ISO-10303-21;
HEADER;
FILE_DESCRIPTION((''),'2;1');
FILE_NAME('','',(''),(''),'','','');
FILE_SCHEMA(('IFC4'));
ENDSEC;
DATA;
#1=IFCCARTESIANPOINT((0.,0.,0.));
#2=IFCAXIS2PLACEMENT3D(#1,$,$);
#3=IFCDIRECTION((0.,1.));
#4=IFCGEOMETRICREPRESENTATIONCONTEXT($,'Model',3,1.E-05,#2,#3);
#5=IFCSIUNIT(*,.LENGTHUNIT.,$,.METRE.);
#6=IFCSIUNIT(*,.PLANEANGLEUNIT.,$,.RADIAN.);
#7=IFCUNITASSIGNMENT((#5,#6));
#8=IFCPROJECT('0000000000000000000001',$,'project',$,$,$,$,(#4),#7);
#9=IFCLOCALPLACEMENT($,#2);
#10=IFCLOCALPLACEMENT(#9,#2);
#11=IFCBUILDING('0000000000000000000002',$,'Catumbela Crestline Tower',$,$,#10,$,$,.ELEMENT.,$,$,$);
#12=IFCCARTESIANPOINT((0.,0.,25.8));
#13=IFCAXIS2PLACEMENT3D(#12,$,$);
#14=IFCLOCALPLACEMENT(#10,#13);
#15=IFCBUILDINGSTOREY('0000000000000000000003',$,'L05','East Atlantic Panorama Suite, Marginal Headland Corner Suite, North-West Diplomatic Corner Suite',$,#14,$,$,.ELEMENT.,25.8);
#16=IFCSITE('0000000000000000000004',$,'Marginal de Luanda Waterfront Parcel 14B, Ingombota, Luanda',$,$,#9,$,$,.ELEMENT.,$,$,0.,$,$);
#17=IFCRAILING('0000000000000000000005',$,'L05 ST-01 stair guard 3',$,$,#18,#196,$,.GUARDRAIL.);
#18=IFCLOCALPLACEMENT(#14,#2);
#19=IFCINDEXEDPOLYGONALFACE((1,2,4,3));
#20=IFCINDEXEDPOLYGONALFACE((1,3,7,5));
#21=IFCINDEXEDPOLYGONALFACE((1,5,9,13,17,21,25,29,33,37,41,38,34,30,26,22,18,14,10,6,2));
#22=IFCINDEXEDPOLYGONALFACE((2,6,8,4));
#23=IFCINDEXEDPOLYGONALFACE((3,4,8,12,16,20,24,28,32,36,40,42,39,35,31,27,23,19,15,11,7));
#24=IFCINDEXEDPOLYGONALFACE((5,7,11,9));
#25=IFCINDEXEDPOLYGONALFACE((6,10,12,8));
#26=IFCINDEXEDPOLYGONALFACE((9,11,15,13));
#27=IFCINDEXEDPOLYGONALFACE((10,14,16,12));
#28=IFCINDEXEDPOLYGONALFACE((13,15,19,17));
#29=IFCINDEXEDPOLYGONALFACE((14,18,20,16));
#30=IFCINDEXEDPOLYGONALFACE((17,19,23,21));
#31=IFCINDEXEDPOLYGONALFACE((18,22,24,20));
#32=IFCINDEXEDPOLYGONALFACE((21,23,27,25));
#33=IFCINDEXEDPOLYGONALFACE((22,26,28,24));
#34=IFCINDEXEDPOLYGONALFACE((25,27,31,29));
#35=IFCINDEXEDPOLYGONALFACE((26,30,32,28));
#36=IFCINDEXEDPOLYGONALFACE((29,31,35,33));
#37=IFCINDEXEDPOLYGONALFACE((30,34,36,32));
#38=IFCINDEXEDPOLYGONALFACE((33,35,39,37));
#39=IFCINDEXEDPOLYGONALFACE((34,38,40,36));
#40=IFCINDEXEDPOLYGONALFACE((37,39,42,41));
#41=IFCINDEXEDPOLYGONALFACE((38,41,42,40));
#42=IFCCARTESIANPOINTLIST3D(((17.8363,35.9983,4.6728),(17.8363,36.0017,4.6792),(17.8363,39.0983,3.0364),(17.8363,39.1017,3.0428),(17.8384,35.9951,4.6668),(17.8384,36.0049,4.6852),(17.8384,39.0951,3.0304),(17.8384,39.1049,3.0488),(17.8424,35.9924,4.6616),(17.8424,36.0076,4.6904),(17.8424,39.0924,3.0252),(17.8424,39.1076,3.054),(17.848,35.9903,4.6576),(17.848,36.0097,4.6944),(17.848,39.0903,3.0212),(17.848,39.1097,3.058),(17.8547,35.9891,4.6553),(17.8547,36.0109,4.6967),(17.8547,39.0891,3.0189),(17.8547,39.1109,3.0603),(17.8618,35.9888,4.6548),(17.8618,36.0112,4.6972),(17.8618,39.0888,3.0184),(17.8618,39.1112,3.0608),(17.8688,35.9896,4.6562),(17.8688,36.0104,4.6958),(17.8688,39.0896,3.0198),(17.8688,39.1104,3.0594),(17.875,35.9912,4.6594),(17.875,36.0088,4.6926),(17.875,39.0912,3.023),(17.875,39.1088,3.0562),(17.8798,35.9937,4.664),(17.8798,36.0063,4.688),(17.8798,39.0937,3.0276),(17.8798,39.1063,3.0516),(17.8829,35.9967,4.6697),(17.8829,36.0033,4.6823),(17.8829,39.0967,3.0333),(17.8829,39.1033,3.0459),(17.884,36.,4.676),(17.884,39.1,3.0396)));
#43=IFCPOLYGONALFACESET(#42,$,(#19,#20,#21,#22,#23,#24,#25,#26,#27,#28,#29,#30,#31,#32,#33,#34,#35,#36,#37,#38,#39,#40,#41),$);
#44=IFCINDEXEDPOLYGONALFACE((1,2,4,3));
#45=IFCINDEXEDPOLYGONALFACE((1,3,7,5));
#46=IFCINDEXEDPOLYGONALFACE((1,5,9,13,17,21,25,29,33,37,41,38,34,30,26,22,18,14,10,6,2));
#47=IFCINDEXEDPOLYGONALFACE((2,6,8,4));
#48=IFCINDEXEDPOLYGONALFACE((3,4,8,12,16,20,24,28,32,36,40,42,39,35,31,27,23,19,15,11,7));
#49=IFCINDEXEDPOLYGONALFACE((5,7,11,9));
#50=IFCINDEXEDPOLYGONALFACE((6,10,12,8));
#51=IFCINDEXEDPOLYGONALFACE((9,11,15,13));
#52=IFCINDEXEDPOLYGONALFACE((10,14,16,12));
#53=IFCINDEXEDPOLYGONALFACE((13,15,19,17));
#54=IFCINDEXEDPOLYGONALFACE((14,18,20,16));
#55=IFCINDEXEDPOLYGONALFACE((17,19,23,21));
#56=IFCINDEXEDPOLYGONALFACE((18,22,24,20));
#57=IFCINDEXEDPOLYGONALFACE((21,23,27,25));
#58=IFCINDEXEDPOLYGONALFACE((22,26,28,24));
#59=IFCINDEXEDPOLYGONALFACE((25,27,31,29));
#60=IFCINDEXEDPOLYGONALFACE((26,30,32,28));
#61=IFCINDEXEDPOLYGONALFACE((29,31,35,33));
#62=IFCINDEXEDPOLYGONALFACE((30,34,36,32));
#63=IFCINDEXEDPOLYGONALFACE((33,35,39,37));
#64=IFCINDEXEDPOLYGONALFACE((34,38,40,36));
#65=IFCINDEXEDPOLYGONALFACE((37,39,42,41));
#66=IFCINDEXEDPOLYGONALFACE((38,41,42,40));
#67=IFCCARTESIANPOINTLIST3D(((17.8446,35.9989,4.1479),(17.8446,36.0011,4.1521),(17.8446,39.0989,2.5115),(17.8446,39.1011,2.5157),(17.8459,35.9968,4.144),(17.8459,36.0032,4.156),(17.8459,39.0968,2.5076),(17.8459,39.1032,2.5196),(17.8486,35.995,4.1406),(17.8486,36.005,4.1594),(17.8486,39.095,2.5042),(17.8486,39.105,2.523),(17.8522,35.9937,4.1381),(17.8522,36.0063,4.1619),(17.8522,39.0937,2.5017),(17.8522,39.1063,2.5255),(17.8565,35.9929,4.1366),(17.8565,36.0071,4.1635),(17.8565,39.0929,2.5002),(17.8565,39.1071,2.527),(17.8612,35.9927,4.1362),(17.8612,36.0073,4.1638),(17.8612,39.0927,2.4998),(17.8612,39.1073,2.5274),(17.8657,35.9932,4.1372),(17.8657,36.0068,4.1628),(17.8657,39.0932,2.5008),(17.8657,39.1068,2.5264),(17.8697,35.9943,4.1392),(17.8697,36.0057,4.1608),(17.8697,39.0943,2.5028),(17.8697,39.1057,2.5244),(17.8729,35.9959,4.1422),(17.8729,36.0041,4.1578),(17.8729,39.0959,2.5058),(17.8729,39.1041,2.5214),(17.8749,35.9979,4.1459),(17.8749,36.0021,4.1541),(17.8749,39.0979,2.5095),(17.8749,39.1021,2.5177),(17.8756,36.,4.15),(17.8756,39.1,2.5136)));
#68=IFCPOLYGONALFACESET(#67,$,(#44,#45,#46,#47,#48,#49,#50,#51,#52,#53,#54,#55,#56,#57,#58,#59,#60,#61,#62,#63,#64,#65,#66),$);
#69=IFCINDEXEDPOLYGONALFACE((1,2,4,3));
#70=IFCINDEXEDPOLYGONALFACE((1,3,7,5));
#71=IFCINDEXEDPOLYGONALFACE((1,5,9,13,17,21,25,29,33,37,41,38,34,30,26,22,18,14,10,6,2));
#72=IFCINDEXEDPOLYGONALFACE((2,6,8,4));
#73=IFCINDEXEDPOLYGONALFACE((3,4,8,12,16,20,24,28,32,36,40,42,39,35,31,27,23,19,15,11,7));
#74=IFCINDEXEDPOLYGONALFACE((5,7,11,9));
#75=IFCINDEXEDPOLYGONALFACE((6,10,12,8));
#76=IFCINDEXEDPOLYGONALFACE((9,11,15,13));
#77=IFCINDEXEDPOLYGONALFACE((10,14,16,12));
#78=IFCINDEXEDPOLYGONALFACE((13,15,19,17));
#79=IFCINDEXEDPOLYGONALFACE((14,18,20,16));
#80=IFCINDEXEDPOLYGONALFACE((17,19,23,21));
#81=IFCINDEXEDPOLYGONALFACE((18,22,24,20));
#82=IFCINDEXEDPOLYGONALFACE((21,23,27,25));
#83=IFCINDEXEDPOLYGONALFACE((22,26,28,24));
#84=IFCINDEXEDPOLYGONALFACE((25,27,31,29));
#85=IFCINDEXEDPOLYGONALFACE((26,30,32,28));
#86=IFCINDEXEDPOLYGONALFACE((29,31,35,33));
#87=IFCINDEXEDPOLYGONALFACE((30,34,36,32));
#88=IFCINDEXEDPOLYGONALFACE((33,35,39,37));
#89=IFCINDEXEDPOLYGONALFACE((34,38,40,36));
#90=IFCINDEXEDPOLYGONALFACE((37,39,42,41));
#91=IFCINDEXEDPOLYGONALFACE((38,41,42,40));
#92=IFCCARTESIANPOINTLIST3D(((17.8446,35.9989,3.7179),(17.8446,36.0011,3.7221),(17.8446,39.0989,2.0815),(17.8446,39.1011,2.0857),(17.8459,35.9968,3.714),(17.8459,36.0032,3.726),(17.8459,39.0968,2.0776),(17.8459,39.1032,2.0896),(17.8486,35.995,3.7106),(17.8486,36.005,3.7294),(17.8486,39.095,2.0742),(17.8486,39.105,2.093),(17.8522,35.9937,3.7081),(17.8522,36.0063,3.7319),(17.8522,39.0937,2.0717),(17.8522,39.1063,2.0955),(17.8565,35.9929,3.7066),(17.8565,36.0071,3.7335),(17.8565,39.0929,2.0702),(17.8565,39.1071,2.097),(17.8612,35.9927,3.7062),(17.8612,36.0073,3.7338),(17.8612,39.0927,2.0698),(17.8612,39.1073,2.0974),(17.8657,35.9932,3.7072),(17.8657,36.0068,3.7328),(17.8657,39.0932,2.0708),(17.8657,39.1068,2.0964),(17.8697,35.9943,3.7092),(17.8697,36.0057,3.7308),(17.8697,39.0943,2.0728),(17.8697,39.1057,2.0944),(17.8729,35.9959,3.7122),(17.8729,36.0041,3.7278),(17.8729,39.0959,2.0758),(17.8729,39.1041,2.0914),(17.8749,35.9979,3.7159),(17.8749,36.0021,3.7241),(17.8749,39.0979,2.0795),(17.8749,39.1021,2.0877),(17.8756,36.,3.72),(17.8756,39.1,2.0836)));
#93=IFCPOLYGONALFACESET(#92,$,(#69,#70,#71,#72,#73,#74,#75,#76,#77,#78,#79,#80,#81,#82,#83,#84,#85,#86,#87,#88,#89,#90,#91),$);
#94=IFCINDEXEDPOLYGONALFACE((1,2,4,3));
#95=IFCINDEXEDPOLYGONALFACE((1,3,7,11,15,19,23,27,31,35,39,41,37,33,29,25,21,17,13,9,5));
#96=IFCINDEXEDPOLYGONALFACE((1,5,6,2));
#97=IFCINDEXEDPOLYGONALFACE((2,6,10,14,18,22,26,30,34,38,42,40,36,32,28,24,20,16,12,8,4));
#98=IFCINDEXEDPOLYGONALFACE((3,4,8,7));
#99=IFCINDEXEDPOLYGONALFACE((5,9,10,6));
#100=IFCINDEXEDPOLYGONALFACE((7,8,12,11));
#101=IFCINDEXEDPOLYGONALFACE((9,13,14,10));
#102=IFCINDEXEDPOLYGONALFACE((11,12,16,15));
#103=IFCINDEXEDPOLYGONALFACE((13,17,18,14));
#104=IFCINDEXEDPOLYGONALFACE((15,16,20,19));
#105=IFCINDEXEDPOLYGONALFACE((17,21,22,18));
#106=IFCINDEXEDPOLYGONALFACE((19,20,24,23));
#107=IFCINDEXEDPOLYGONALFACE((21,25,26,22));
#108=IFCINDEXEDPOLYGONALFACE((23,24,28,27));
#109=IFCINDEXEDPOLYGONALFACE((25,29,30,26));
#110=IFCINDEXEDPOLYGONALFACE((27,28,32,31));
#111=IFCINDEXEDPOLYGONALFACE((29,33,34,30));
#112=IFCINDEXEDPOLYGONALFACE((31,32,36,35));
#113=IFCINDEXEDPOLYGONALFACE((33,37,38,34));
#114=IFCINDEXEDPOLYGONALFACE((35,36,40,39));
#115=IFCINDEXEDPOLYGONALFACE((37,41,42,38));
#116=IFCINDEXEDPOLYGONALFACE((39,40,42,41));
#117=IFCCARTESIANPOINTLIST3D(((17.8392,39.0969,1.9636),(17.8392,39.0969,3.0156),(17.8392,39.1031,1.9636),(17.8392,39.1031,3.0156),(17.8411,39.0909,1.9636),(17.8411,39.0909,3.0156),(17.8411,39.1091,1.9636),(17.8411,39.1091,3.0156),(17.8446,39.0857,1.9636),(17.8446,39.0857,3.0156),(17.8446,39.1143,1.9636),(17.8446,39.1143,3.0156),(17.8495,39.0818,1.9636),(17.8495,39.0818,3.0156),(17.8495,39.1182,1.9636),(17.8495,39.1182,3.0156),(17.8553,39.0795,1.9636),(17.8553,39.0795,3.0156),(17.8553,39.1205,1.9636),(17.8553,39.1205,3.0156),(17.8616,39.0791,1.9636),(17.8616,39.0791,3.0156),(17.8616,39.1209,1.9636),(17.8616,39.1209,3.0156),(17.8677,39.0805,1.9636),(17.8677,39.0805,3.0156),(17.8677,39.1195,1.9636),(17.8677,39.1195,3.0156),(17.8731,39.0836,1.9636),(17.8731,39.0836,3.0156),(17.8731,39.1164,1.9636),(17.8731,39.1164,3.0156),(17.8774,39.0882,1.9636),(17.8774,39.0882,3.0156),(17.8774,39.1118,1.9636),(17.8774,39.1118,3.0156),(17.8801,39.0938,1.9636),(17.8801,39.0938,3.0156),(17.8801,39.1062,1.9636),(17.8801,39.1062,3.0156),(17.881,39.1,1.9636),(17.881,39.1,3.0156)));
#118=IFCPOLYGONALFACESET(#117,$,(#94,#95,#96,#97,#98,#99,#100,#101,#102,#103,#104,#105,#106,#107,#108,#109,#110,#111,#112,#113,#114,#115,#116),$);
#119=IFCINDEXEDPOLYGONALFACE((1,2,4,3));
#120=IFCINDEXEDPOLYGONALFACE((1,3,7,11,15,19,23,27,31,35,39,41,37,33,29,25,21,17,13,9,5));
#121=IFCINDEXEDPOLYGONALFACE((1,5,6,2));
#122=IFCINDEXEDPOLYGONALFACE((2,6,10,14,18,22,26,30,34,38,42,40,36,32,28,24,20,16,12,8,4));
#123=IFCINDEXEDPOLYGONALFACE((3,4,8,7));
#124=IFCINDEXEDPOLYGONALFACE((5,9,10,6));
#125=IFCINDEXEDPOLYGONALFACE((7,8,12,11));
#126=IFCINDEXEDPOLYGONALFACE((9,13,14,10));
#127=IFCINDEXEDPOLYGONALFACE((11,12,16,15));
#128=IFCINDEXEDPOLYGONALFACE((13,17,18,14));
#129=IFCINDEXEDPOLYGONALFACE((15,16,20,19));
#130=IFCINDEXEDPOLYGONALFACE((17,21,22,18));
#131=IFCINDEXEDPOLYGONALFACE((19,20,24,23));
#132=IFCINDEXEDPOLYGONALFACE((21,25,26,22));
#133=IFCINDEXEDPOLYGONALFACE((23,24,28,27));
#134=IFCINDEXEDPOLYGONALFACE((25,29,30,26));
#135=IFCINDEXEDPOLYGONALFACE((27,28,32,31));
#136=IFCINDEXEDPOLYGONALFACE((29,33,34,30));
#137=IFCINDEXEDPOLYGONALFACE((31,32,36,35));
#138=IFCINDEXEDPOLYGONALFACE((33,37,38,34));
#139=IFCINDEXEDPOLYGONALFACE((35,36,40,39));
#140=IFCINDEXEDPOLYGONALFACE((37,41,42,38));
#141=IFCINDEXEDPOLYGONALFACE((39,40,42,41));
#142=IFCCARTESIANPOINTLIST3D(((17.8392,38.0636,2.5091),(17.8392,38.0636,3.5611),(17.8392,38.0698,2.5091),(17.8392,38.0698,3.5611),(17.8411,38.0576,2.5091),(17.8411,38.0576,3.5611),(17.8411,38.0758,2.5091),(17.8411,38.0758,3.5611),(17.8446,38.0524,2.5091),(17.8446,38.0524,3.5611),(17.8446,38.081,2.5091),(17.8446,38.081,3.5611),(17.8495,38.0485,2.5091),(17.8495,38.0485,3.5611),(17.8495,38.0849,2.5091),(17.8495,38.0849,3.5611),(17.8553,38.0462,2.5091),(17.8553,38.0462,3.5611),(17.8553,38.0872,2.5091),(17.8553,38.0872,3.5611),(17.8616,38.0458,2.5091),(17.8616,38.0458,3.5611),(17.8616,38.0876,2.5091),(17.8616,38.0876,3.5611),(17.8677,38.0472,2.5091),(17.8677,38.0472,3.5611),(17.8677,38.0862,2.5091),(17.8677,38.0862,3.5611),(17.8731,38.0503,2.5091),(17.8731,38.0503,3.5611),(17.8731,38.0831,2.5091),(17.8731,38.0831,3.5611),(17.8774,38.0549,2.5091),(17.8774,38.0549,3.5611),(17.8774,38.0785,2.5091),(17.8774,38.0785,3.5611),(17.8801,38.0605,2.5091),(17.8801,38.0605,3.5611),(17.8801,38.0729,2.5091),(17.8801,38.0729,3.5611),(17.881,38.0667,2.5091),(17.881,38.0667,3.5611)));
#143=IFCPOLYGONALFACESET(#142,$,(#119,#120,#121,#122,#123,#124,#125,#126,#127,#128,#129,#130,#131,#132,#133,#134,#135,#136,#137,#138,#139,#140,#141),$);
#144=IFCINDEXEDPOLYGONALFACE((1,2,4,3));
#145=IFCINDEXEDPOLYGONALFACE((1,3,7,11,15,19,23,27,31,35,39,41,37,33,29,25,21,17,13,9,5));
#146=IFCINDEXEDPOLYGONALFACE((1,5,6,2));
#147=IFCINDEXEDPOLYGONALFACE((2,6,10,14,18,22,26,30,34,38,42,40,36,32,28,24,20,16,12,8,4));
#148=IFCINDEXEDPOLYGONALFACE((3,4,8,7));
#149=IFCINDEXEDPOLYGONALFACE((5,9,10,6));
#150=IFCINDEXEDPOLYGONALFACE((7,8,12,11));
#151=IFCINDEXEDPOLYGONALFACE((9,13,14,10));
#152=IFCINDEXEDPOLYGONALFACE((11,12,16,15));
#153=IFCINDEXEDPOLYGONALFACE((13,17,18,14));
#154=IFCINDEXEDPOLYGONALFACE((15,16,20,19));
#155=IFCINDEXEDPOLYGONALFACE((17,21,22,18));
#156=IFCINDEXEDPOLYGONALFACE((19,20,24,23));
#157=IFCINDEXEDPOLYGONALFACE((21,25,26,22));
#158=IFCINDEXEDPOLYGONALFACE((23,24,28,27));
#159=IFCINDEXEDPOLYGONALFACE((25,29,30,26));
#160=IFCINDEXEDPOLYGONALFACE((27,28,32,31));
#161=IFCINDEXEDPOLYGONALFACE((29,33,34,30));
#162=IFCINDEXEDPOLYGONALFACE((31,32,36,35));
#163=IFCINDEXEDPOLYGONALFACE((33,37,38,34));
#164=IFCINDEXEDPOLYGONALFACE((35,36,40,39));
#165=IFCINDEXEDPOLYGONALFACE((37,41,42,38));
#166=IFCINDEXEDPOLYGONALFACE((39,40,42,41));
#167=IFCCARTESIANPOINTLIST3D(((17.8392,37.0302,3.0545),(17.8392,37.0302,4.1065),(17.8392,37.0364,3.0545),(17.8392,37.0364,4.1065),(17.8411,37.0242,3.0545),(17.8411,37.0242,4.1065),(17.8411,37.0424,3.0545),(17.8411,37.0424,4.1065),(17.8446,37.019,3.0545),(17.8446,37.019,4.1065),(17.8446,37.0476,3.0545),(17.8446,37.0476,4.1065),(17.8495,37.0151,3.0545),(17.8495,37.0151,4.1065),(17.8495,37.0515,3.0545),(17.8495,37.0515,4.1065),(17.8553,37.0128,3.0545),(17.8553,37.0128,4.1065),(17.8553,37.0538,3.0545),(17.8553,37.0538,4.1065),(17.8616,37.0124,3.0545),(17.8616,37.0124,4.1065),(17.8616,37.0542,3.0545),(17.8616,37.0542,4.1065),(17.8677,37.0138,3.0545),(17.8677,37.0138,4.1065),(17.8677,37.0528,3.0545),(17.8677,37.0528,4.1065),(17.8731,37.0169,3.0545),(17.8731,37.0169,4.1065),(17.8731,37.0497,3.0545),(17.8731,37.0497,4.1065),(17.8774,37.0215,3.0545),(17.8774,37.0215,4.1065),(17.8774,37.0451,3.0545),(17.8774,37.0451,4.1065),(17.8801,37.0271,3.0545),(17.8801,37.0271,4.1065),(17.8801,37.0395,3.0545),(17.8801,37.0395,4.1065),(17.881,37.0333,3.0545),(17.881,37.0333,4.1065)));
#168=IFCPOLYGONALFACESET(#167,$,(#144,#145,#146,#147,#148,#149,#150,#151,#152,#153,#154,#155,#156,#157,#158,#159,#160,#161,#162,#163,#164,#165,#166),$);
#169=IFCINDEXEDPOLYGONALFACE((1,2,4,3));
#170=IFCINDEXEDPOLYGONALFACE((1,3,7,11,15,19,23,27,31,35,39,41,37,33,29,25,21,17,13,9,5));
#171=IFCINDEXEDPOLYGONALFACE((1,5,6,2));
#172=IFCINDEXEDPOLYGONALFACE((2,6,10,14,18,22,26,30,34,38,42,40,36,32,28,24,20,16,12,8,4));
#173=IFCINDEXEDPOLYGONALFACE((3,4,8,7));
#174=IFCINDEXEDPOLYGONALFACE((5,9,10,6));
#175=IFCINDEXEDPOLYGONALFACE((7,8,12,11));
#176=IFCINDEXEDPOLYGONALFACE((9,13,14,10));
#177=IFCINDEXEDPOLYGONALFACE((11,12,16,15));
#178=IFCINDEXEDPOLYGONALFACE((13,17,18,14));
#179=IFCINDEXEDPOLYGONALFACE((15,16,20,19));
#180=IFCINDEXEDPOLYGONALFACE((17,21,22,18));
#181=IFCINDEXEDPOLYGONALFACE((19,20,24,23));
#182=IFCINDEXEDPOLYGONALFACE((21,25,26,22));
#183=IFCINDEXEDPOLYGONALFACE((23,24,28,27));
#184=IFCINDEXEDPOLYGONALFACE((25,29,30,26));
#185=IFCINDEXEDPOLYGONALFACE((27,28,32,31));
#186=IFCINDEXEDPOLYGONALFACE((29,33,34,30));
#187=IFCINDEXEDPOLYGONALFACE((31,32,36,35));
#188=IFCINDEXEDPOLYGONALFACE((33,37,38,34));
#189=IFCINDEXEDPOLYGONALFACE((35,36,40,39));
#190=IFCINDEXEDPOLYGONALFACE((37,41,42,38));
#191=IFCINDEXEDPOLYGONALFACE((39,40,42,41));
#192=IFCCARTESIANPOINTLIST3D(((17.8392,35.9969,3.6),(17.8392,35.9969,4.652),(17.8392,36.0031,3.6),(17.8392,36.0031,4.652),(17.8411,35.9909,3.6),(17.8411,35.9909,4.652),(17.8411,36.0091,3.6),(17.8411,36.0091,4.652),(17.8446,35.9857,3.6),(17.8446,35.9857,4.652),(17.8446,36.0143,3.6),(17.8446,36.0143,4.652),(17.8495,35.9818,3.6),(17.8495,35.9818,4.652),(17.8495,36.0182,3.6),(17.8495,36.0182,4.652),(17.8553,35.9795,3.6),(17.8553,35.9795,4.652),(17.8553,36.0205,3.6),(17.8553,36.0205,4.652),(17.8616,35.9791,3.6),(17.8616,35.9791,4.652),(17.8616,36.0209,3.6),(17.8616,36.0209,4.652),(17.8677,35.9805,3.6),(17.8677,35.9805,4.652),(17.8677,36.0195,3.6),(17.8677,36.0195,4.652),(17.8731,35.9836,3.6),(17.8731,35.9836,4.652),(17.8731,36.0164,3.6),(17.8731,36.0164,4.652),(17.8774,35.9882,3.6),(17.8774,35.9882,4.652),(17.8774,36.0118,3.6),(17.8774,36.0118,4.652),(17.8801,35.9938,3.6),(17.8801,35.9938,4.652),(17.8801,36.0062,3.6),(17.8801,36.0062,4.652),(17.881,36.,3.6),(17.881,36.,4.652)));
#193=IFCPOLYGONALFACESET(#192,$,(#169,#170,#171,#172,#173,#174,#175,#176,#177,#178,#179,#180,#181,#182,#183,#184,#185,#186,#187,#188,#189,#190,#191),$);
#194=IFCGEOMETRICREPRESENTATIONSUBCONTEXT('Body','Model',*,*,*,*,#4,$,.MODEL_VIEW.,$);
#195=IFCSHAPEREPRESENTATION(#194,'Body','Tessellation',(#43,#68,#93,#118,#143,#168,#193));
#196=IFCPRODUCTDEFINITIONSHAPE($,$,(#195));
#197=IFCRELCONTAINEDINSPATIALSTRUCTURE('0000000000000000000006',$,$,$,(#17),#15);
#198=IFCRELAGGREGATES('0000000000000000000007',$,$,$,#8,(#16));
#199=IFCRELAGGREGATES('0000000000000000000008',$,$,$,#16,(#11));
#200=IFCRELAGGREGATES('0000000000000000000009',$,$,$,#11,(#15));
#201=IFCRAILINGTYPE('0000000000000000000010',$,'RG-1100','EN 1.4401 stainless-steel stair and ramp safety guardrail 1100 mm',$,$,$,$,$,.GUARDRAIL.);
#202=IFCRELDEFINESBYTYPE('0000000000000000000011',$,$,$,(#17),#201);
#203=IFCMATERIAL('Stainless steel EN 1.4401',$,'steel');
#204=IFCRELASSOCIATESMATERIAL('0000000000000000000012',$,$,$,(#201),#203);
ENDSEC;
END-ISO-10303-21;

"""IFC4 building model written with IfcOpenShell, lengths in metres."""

from ifc_helpers import new_model, si_unit, direction, frame, origin, origin_2d, place, context, subcontext, project, spatial, circle, extrude, material, type_object, element, save


model = new_model("IFC4")

# Units and contexts
model_context = context("Model", 3, precision=1e-05, world=origin(), true_north=direction((0.0, 1.0)))
body_context = subcontext(model_context, "Body", "Model", "MODEL_VIEW")
ifc_project = project(units=[si_unit("LENGTHUNIT", "METRE"), si_unit("PLANEANGLEUNIT", "RADIAN")], contexts=[model_context])

# Site, building, storey
site_placement = place(None, origin())
site = spatial("IfcSite", under=ifc_project, at=site_placement, Name="Marginal de Luanda Waterfront Parcel 14B, Ingombota, Luanda", CompositionType="ELEMENT", RefElevation=0.0)
building_placement = place(site_placement, origin())
building = spatial("IfcBuilding", under=site, at=building_placement, Name="Catumbela Crestline Tower", CompositionType="ELEMENT")
storey_placement = place(building_placement, frame((0.0, 0.0, 25.8)))
storey = spatial("IfcBuildingStorey", under=building, at=storey_placement, Name="L05", Description="East Atlantic Panorama Suite, Marginal Headland Corner Suite, North-West Diplomatic Corner Suite", CompositionType="ELEMENT", Elevation=25.8)

# Shared definitions
ifc_material_1 = material(Name="Stainless steel EN 1.4401", Category="steel")

# Railing
railing_type_1 = type_object("IfcRailingType", Name="RG-1100", Description="EN 1.4401 stainless-steel stair and ramp safety guardrail 1100 mm", PredefinedType="GUARDRAIL", material=ifc_material_1)
railing_1_placement = place(storey_placement, frame((17.86, 39.1, 1.9636)))
element("IfcRailing", 1, at=railing_1_placement, inside=storey, type_object=railing_type_1, Name="L05 ST-01 stair guard 3", PredefinedType="GUARDRAIL", context=body_context, shape_type="SweptSolid", body=[
    extrude(circle(Radius=0.024, at=origin_2d()), frame((0.0, 0.0, 1.076), z_axis=(0.0, -0.884351, 0.466823), x_axis=(1.0, 0.0, 0.0)), (0.0, 0.0, 1.0), 3.5054),
    extrude(circle(Radius=0.0156, at=origin_2d()), frame((0.0, 0.0, 0.55), z_axis=(0.0, -0.884351, 0.466823), x_axis=(1.0, 0.0, 0.0)), (0.0, 0.0, 1.0), 3.5054),
    extrude(circle(Radius=0.0156, at=origin_2d()), frame((0.0, 0.0, 0.12), z_axis=(0.0, -0.884351, 0.466823), x_axis=(1.0, 0.0, 0.0)), (0.0, 0.0, 1.0), 3.5054),
    extrude(circle(Radius=0.021, at=origin_2d()), origin(), (0.0, 0.0, 1.0), 1.052),
    extrude(circle(Radius=0.021, at=origin_2d()), frame((0.0, -1.0333, 0.5455)), (0.0, 0.0, 1.0), 1.052),
    extrude(circle(Radius=0.021, at=origin_2d()), frame((0.0, -2.0667, 1.0909)), (0.0, 0.0, 1.0), 1.052),
    extrude(circle(Radius=0.021, at=origin_2d()), frame((0.0, -3.1, 1.6364)), (0.0, 0.0, 1.0), 1.052),
])

save(model, "model.ifc")
